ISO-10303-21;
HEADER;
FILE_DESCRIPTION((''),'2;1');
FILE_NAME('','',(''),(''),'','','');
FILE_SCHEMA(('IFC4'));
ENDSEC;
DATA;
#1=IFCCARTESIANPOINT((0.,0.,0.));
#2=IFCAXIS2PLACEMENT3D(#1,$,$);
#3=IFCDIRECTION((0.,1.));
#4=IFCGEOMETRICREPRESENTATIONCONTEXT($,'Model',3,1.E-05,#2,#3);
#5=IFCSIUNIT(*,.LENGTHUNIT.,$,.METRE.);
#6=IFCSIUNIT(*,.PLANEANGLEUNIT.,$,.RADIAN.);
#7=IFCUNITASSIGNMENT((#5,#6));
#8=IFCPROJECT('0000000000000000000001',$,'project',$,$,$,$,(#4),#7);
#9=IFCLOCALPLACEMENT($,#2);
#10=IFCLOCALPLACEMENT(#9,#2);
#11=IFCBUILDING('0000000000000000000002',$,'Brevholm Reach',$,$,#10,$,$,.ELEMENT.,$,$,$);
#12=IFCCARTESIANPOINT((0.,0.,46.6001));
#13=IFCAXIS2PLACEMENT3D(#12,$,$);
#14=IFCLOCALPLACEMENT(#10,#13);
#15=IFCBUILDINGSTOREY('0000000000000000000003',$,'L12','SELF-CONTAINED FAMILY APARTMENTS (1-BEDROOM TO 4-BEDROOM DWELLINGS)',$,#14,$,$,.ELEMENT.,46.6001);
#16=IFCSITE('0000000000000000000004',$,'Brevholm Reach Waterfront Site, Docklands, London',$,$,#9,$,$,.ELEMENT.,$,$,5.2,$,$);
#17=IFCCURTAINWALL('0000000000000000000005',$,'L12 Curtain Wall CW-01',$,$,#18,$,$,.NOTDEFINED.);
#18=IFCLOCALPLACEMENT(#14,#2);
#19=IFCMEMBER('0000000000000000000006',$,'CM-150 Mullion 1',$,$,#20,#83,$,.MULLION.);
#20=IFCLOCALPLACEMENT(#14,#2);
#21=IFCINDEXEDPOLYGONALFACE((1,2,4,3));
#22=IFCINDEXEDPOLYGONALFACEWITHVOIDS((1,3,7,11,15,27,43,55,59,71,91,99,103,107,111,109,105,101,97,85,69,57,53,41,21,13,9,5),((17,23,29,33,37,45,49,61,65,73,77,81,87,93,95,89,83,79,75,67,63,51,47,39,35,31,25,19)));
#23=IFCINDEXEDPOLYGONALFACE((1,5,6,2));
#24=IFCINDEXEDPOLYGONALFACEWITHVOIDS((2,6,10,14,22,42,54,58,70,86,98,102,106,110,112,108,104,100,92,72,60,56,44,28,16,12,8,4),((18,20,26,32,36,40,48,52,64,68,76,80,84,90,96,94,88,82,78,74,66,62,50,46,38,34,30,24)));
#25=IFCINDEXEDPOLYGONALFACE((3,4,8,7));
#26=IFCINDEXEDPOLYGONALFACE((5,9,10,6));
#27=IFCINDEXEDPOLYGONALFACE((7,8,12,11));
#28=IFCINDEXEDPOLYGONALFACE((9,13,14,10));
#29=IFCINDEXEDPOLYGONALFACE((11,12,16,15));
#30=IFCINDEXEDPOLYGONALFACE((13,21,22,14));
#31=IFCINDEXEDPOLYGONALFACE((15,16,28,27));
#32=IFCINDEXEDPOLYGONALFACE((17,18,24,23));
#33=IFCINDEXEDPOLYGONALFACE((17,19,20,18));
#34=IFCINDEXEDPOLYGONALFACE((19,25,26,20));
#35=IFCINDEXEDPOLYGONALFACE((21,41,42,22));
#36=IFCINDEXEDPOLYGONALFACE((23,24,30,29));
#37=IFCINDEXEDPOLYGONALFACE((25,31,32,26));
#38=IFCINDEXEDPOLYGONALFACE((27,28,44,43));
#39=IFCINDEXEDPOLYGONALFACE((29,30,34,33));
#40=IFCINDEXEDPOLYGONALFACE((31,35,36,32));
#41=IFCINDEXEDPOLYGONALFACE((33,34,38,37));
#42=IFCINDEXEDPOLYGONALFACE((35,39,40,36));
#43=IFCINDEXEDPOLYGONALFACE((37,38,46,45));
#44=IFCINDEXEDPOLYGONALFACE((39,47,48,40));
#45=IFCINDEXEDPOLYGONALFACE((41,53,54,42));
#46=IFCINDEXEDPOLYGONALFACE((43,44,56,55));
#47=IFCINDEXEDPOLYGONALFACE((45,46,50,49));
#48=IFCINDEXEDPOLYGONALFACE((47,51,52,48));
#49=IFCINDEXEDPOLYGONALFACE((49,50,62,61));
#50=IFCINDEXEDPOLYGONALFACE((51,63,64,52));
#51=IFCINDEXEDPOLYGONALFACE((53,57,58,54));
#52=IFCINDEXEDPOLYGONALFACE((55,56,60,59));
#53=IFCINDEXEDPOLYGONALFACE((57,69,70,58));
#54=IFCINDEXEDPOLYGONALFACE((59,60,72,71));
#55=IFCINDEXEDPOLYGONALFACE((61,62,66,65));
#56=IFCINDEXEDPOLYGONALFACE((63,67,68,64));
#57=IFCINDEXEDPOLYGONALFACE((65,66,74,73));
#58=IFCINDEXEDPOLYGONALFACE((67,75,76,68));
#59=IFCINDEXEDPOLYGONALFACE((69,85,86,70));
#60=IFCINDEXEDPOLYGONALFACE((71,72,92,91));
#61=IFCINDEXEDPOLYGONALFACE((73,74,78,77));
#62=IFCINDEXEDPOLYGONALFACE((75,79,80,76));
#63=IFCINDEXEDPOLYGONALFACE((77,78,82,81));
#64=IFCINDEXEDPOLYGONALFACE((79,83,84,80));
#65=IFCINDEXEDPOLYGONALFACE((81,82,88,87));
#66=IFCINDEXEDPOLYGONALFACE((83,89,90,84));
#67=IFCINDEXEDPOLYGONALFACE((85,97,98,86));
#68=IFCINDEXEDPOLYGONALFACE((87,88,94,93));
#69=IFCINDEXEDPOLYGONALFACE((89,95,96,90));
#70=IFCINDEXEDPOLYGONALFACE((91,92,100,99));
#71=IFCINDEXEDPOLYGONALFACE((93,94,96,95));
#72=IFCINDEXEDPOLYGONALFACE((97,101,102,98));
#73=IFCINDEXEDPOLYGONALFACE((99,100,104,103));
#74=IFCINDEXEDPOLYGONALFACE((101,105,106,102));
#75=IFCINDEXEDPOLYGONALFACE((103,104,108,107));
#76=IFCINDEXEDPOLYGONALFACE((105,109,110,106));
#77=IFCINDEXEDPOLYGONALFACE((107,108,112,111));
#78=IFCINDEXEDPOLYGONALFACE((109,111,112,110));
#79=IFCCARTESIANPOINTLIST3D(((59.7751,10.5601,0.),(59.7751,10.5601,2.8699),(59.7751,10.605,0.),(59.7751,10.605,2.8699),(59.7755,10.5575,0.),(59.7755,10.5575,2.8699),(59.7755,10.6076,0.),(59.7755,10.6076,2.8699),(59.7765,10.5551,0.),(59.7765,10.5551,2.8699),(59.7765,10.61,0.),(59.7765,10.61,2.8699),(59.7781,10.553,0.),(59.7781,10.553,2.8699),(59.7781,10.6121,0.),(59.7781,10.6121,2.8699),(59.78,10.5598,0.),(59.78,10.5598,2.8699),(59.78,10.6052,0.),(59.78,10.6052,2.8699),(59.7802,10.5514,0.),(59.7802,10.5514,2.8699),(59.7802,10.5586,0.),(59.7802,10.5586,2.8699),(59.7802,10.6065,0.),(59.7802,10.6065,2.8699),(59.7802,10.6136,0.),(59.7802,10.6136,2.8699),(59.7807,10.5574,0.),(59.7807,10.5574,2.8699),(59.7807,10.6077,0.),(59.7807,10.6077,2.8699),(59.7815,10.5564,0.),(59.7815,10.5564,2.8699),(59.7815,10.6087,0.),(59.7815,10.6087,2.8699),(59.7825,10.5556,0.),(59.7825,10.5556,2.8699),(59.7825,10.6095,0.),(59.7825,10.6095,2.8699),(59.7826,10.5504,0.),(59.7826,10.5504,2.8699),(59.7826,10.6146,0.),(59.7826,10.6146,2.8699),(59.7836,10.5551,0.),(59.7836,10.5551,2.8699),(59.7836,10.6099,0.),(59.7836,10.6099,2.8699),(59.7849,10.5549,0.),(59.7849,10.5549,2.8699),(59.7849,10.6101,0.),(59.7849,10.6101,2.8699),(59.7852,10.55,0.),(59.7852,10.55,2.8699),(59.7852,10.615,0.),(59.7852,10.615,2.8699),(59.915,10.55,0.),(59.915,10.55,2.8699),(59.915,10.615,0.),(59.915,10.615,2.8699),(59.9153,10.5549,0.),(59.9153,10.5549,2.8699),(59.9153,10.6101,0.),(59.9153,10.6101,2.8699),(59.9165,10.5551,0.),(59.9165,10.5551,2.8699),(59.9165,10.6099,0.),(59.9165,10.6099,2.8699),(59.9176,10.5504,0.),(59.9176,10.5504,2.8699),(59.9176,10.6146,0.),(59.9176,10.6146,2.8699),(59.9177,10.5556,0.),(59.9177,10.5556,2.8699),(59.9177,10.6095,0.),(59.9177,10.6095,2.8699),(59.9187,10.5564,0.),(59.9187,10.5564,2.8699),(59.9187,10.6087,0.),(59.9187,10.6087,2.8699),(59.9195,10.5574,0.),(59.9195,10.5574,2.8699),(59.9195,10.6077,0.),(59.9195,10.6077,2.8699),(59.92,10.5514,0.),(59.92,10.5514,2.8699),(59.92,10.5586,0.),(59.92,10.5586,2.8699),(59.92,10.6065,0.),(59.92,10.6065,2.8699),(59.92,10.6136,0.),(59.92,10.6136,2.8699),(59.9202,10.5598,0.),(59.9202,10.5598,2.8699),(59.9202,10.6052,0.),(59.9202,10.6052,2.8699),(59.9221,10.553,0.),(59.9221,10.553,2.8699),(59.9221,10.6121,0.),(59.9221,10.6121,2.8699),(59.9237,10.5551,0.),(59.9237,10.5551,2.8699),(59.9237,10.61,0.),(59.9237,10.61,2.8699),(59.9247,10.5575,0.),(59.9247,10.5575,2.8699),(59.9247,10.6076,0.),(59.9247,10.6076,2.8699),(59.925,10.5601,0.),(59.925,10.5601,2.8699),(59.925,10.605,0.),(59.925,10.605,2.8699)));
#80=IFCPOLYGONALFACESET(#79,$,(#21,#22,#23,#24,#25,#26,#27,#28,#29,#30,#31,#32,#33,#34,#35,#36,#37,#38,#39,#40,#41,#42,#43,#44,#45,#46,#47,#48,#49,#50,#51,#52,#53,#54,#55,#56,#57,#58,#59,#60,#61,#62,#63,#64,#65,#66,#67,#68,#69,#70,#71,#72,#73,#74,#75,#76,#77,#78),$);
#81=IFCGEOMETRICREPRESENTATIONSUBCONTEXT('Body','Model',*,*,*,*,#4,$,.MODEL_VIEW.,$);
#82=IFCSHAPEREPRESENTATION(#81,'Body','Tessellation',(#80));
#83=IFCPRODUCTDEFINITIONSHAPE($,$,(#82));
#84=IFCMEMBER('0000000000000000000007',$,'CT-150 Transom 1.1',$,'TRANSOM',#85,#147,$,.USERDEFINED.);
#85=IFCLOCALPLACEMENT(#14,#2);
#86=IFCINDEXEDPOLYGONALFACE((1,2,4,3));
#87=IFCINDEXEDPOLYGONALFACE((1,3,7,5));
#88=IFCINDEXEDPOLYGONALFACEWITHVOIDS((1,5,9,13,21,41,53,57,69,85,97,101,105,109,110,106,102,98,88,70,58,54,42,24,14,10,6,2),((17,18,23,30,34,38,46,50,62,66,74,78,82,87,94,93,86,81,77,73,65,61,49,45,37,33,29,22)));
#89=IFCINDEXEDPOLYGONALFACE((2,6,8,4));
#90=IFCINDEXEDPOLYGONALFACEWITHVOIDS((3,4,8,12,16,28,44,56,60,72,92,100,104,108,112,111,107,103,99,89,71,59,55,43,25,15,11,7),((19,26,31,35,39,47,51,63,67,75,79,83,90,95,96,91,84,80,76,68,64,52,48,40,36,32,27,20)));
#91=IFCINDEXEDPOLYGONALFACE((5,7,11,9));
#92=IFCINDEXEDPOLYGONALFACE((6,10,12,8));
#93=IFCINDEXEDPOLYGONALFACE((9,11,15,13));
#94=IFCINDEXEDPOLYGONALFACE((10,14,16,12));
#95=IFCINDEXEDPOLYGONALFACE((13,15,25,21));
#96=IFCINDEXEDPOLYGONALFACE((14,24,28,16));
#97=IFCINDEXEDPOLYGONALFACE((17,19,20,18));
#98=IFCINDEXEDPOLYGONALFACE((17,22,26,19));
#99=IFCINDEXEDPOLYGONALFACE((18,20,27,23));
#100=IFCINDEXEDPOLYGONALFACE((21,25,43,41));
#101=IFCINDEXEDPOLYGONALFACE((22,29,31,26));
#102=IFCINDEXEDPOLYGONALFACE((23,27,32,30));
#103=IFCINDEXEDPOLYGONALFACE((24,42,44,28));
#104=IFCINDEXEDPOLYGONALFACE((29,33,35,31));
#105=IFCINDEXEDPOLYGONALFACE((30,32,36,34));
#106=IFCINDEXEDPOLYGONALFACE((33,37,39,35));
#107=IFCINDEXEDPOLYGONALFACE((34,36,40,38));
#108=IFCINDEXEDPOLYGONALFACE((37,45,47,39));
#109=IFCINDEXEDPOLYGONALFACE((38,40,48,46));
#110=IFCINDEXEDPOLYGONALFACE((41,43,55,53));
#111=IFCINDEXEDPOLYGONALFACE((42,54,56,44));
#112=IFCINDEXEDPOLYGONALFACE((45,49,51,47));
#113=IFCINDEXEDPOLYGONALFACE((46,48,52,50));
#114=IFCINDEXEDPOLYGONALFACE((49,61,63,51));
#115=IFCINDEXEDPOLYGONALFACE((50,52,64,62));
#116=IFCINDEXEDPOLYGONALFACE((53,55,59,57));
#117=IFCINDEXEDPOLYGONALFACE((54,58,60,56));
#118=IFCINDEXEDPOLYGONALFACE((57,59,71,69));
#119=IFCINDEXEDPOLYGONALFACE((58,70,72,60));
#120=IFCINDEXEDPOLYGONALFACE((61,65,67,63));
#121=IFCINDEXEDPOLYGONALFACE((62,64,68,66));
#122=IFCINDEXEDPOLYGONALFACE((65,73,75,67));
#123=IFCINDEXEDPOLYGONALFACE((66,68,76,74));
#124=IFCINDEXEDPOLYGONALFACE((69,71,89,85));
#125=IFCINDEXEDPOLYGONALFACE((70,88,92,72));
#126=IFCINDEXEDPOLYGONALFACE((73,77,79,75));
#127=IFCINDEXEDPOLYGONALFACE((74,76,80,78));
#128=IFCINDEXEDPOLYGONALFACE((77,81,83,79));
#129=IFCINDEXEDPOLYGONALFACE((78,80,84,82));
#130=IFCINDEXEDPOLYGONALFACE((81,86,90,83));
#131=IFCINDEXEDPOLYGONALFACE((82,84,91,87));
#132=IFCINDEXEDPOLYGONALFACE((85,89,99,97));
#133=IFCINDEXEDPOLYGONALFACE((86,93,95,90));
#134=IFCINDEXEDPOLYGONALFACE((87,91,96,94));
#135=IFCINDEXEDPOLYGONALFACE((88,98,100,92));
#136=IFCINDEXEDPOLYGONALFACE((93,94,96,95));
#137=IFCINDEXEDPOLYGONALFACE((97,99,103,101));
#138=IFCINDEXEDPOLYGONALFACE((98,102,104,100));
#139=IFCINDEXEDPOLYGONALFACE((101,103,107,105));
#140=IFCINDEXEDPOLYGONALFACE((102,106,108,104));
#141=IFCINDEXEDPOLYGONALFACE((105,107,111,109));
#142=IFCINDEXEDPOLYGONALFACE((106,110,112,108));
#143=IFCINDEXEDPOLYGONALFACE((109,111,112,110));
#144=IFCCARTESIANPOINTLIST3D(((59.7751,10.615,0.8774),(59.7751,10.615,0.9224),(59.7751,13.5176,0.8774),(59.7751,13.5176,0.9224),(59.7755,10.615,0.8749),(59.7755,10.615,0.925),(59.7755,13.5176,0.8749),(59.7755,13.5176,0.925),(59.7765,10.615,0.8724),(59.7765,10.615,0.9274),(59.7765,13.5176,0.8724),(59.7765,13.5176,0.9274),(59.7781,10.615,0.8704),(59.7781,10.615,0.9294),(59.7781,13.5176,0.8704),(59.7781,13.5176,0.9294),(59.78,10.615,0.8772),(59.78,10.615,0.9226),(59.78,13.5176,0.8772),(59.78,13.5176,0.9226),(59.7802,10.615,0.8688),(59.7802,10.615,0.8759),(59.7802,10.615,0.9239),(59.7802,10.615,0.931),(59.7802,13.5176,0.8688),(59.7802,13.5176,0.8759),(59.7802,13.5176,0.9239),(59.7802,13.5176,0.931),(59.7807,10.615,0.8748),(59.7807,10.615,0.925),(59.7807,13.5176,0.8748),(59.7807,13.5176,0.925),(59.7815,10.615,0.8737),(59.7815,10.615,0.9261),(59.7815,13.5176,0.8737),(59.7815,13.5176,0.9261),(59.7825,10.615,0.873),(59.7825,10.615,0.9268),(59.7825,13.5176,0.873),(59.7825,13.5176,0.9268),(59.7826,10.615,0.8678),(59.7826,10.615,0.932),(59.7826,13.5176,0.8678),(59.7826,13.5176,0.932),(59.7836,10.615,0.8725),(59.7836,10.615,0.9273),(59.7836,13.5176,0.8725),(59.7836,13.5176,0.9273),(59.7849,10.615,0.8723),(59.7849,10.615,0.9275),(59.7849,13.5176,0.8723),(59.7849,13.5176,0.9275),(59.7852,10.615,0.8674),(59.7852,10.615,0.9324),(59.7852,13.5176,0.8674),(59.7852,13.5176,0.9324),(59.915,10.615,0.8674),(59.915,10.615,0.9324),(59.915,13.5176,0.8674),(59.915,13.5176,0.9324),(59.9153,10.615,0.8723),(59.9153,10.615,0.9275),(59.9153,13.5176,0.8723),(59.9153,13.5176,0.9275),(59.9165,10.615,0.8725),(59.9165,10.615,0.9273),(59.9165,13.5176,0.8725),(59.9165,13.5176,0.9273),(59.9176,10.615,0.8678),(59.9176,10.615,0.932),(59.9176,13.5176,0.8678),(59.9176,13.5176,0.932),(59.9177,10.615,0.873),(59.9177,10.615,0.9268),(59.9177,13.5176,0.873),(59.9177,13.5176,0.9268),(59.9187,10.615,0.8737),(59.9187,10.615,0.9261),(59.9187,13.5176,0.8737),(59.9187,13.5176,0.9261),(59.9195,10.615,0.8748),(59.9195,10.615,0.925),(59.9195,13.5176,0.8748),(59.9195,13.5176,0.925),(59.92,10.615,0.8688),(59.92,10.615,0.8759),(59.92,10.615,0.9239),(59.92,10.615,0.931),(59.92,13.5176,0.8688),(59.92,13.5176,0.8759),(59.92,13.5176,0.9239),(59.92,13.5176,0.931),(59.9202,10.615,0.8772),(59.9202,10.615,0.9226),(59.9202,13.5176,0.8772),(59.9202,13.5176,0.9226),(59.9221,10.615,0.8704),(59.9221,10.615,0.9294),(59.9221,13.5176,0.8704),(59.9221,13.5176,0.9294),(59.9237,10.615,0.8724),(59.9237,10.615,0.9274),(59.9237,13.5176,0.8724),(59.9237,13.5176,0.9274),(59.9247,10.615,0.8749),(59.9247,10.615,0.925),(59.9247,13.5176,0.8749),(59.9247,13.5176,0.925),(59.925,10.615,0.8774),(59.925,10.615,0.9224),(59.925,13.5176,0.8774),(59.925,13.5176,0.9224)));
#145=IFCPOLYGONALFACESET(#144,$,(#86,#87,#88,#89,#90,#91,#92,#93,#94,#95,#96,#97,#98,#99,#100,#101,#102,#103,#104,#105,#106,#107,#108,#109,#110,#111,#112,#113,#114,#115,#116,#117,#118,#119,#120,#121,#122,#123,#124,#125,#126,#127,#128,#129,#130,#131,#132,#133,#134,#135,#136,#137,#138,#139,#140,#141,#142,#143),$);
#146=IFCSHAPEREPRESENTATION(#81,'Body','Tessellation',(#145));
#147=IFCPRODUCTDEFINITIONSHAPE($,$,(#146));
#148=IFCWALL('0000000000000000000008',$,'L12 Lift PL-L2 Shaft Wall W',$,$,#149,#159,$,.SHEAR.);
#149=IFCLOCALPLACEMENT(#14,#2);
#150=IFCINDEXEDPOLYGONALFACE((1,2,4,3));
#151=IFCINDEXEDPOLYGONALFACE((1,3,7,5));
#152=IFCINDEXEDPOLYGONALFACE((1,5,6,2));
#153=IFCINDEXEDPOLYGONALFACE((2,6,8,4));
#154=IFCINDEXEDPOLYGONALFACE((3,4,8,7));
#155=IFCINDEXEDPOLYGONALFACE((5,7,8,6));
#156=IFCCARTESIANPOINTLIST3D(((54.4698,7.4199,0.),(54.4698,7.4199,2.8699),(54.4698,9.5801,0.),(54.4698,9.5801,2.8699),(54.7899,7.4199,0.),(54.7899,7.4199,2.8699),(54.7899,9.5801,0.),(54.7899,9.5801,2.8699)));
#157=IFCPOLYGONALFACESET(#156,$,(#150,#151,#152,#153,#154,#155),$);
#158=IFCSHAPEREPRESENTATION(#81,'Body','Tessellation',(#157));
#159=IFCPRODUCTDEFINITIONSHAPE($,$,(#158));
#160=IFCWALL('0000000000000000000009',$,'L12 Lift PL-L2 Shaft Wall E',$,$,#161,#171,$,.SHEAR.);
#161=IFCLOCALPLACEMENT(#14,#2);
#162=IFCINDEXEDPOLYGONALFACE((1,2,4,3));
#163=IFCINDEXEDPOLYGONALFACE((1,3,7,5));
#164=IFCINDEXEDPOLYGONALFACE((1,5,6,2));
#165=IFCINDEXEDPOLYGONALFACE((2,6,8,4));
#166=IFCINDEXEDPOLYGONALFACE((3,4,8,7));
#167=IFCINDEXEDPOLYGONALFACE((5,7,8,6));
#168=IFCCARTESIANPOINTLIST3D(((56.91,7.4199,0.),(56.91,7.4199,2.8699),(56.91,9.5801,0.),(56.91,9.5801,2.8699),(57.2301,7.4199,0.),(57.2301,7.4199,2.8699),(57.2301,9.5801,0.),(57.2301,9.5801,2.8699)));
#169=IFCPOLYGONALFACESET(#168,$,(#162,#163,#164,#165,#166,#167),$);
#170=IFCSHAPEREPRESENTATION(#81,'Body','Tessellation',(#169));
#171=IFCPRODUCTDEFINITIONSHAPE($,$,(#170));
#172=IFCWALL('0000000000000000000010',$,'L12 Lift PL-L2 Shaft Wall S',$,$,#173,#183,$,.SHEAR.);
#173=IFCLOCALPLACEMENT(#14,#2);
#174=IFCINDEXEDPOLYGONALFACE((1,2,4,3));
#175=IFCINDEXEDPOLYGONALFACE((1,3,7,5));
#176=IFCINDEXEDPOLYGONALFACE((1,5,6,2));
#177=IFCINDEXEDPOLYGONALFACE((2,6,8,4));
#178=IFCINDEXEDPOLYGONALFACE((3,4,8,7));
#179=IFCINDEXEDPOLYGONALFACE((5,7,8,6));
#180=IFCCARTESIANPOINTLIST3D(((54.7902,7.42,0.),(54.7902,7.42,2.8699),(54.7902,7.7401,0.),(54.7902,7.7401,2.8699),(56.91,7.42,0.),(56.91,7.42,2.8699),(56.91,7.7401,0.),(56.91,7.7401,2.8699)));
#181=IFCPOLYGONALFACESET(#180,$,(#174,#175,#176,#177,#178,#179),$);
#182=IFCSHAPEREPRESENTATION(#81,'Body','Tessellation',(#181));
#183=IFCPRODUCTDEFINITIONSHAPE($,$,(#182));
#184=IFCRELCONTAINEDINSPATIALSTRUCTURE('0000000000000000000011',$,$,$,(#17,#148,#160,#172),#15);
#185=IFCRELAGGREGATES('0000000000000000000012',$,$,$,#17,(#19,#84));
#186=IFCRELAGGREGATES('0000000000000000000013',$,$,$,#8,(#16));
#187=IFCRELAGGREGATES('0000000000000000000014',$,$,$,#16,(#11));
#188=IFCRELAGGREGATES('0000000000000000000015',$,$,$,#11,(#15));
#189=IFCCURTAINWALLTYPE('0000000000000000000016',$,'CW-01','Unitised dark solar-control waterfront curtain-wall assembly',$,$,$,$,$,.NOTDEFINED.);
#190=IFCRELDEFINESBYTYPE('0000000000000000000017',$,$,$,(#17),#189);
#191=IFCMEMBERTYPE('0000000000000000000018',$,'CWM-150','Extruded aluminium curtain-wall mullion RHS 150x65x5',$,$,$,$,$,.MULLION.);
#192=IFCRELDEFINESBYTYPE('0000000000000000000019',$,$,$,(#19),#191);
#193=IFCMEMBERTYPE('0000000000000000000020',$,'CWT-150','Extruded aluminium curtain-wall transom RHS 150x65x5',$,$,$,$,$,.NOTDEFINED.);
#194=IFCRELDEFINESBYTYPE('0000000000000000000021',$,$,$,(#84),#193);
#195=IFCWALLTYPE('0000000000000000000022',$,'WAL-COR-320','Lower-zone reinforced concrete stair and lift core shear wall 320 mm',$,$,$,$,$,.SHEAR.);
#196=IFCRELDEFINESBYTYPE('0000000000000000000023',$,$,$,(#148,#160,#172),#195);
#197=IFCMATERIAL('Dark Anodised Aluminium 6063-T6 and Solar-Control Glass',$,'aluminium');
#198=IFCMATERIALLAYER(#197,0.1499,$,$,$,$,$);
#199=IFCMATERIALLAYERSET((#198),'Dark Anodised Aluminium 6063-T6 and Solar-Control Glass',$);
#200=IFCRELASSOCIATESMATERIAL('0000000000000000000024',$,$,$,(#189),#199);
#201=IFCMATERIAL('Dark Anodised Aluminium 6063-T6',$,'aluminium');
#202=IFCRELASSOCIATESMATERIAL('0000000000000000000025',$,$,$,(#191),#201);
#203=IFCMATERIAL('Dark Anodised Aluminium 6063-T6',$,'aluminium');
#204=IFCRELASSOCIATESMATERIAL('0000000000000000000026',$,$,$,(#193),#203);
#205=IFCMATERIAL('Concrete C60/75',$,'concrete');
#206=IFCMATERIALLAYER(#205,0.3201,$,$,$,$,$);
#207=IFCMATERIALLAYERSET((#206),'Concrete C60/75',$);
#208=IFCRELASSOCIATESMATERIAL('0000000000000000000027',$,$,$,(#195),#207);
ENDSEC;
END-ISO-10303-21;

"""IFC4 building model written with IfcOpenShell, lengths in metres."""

from ifc_helpers import new_model, si_unit, direction, frame, frame_2d, origin, origin_2d, place, context, subcontext, project, spatial, rectangle, hollow_rectangle, extrude, material, layer, layer_set, material_profile, profile_set, type_object, element, aggregate, save


model = new_model("IFC4")

# Units and contexts
model_context = context("Model", 3, precision=1e-05, world=origin(), true_north=direction((0.0, 1.0)))
body_context = subcontext(model_context, "Body", "Model", "MODEL_VIEW")
ifc_project = project(units=[si_unit("LENGTHUNIT", "METRE"), si_unit("PLANEANGLEUNIT", "RADIAN")], contexts=[model_context])

# Site, building, storey
site_placement = place(None, origin())
site = spatial("IfcSite", under=ifc_project, at=site_placement, Name="Brevholm Reach Waterfront Site, Docklands, London", CompositionType="ELEMENT", RefElevation=5.2)
building_placement = place(site_placement, origin())
building = spatial("IfcBuilding", under=site, at=building_placement, Name="Brevholm Reach", CompositionType="ELEMENT")
storey_placement = place(building_placement, frame((0.0, 0.0, 46.6001)))
storey = spatial("IfcBuildingStorey", under=building, at=storey_placement, Name="L12", Description="SELF-CONTAINED FAMILY APARTMENTS (1-BEDROOM TO 4-BEDROOM DWELLINGS)", CompositionType="ELEMENT", Elevation=46.6001)

# Curtain wall, members
ifc_material_1 = material(Name="Dark Anodised Aluminium 6063-T6 and Solar-Control Glass", Category="aluminium")
ifc_layer_1 = layer(ifc_material_1, 0.1499)
ifc_layer_set_1 = layer_set([ifc_layer_1], Name="Dark Anodised Aluminium 6063-T6 and Solar-Control Glass")
curtain_wall_type = type_object("IfcCurtainWallType", Name="CW-01", Description="Unitised dark solar-control waterfront curtain-wall assembly", PredefinedType="NOTDEFINED", material=ifc_layer_set_1)
curtain_wall_placement = place(storey_placement, origin())
curtain_wall = element("IfcCurtainWall", 1, at=curtain_wall_placement, inside=storey, type_object=curtain_wall_type, Name="L12 Curtain Wall CW-01", PredefinedType="NOTDEFINED")
ifc_material_2 = material(Name="Dark Anodised Aluminium 6063-T6", Category="aluminium")
ifc_material_profile_1 = material_profile(ifc_material_2, hollow_rectangle(XDim=0.0649, YDim=0.1499, WallThickness=0.0049, InnerFilletRadius=0.0049, OuterFilletRadius=0.01, at=origin_2d()), Name="RHS 150x65x5")
ifc_profile_set_1 = profile_set([ifc_material_profile_1], Name="Dark Anodised Aluminium 6063-T6")
member_type_1 = type_object("IfcMemberType", Name="CWM-150", Description="Extruded aluminium curtain-wall mullion RHS 150x65x5", PredefinedType="MULLION", material=ifc_profile_set_1)
member_1_placement = place(storey_placement, frame((59.8501, 10.5825, 0.0), z_axis=(0.0, 0.0, 1.0), x_axis=(0.0, 1.0, 0.0)))
member_1 = element("IfcMember", 2, at=member_1_placement, type_object=member_type_1, Name="CM-150 Mullion 1", PredefinedType="MULLION", context=body_context, shape_type="SweptSolid", body=[
    extrude(hollow_rectangle(XDim=0.0649, YDim=0.1499, WallThickness=0.0049, InnerFilletRadius=0.0049, OuterFilletRadius=0.01, at=origin_2d()), origin(), (0.0, 0.0, 1.0), 2.8699),
])
ifc_material_3 = material(Name="Dark Anodised Aluminium 6063-T6", Category="aluminium")
ifc_material_profile_2 = material_profile(ifc_material_3, hollow_rectangle(XDim=0.0649, YDim=0.1499, WallThickness=0.0049, InnerFilletRadius=0.0049, OuterFilletRadius=0.01, at=origin_2d()), Name="RHS 150x65x5")
ifc_profile_set_2 = profile_set([ifc_material_profile_2], Name="Dark Anodised Aluminium 6063-T6")
member_type_2 = type_object("IfcMemberType", Name="CWT-150", Description="Extruded aluminium curtain-wall transom RHS 150x65x5", PredefinedType="NOTDEFINED", material=ifc_profile_set_2)
member_2_placement = place(storey_placement, frame((59.8501, 10.615, 0.8999), z_axis=(0.0, 1.0, 0.0), x_axis=(0.0, 0.0, 1.0)))
member_2 = element("IfcMember", 3, at=member_2_placement, type_object=member_type_2, Name="CT-150 Transom 1.1", ObjectType="TRANSOM", PredefinedType="USERDEFINED", context=body_context, shape_type="SweptSolid", body=[
    extrude(hollow_rectangle(XDim=0.0649, YDim=0.1499, WallThickness=0.0049, InnerFilletRadius=0.0049, OuterFilletRadius=0.01, at=origin_2d()), origin(), (0.0, 0.0, 1.0), 2.9026),
])
aggregate(curtain_wall, [member_1, member_2])

# Walls
ifc_material_4 = material(Name="Concrete C60/75", Category="concrete")
ifc_layer_2 = layer(ifc_material_4, 0.3201)
ifc_layer_set_2 = layer_set([ifc_layer_2], Name="Concrete C60/75")
wall_type_1 = type_object("IfcWallType", Name="WAL-COR-320", Description="Lower-zone reinforced concrete stair and lift core shear wall 320 mm", PredefinedType="SHEAR", material=ifc_layer_set_2)
for number, where, z_axis, x_axis, name in (
    (4, (54.6299, 7.4199, 0.0), (0.0, 0.0, 1.0), (0.0, 1.0, 0.0), "L12 Lift PL-L2 Shaft Wall W"),
    (5, (57.0701, 7.4199, 0.0), (0.0, 0.0, 1.0), (0.0, 1.0, 0.0), "L12 Lift PL-L2 Shaft Wall E"),
):
    element("IfcWall", number, at=place(storey_placement, frame(where, z_axis=z_axis, x_axis=x_axis)), inside=storey, type_object=wall_type_1, Name=name, PredefinedType="SHEAR", context=body_context, shape_type="SweptSolid", body=[
        extrude(rectangle(XDim=2.1602, YDim=0.3201, at=frame_2d((1.0801, 0.0))), origin(), (0.0, 0.0, 1.0), 2.8699),
    ])
wall_1_placement = place(storey_placement, frame((54.79, 7.5801, 0.0), z_axis=(0.0, 0.0, 1.0), x_axis=(1.0, 0.0, 0.0)))
element("IfcWall", 6, at=wall_1_placement, inside=storey, type_object=wall_type_1, Name="L12 Lift PL-L2 Shaft Wall S", PredefinedType="SHEAR", context=body_context, shape_type="SweptSolid", body=[
    extrude(rectangle(XDim=2.1199, YDim=0.3201, at=frame_2d((1.0601, 0.0))), origin(), (0.0, 0.0, 1.0), 2.8699),
])

save(model, "model.ifc")
